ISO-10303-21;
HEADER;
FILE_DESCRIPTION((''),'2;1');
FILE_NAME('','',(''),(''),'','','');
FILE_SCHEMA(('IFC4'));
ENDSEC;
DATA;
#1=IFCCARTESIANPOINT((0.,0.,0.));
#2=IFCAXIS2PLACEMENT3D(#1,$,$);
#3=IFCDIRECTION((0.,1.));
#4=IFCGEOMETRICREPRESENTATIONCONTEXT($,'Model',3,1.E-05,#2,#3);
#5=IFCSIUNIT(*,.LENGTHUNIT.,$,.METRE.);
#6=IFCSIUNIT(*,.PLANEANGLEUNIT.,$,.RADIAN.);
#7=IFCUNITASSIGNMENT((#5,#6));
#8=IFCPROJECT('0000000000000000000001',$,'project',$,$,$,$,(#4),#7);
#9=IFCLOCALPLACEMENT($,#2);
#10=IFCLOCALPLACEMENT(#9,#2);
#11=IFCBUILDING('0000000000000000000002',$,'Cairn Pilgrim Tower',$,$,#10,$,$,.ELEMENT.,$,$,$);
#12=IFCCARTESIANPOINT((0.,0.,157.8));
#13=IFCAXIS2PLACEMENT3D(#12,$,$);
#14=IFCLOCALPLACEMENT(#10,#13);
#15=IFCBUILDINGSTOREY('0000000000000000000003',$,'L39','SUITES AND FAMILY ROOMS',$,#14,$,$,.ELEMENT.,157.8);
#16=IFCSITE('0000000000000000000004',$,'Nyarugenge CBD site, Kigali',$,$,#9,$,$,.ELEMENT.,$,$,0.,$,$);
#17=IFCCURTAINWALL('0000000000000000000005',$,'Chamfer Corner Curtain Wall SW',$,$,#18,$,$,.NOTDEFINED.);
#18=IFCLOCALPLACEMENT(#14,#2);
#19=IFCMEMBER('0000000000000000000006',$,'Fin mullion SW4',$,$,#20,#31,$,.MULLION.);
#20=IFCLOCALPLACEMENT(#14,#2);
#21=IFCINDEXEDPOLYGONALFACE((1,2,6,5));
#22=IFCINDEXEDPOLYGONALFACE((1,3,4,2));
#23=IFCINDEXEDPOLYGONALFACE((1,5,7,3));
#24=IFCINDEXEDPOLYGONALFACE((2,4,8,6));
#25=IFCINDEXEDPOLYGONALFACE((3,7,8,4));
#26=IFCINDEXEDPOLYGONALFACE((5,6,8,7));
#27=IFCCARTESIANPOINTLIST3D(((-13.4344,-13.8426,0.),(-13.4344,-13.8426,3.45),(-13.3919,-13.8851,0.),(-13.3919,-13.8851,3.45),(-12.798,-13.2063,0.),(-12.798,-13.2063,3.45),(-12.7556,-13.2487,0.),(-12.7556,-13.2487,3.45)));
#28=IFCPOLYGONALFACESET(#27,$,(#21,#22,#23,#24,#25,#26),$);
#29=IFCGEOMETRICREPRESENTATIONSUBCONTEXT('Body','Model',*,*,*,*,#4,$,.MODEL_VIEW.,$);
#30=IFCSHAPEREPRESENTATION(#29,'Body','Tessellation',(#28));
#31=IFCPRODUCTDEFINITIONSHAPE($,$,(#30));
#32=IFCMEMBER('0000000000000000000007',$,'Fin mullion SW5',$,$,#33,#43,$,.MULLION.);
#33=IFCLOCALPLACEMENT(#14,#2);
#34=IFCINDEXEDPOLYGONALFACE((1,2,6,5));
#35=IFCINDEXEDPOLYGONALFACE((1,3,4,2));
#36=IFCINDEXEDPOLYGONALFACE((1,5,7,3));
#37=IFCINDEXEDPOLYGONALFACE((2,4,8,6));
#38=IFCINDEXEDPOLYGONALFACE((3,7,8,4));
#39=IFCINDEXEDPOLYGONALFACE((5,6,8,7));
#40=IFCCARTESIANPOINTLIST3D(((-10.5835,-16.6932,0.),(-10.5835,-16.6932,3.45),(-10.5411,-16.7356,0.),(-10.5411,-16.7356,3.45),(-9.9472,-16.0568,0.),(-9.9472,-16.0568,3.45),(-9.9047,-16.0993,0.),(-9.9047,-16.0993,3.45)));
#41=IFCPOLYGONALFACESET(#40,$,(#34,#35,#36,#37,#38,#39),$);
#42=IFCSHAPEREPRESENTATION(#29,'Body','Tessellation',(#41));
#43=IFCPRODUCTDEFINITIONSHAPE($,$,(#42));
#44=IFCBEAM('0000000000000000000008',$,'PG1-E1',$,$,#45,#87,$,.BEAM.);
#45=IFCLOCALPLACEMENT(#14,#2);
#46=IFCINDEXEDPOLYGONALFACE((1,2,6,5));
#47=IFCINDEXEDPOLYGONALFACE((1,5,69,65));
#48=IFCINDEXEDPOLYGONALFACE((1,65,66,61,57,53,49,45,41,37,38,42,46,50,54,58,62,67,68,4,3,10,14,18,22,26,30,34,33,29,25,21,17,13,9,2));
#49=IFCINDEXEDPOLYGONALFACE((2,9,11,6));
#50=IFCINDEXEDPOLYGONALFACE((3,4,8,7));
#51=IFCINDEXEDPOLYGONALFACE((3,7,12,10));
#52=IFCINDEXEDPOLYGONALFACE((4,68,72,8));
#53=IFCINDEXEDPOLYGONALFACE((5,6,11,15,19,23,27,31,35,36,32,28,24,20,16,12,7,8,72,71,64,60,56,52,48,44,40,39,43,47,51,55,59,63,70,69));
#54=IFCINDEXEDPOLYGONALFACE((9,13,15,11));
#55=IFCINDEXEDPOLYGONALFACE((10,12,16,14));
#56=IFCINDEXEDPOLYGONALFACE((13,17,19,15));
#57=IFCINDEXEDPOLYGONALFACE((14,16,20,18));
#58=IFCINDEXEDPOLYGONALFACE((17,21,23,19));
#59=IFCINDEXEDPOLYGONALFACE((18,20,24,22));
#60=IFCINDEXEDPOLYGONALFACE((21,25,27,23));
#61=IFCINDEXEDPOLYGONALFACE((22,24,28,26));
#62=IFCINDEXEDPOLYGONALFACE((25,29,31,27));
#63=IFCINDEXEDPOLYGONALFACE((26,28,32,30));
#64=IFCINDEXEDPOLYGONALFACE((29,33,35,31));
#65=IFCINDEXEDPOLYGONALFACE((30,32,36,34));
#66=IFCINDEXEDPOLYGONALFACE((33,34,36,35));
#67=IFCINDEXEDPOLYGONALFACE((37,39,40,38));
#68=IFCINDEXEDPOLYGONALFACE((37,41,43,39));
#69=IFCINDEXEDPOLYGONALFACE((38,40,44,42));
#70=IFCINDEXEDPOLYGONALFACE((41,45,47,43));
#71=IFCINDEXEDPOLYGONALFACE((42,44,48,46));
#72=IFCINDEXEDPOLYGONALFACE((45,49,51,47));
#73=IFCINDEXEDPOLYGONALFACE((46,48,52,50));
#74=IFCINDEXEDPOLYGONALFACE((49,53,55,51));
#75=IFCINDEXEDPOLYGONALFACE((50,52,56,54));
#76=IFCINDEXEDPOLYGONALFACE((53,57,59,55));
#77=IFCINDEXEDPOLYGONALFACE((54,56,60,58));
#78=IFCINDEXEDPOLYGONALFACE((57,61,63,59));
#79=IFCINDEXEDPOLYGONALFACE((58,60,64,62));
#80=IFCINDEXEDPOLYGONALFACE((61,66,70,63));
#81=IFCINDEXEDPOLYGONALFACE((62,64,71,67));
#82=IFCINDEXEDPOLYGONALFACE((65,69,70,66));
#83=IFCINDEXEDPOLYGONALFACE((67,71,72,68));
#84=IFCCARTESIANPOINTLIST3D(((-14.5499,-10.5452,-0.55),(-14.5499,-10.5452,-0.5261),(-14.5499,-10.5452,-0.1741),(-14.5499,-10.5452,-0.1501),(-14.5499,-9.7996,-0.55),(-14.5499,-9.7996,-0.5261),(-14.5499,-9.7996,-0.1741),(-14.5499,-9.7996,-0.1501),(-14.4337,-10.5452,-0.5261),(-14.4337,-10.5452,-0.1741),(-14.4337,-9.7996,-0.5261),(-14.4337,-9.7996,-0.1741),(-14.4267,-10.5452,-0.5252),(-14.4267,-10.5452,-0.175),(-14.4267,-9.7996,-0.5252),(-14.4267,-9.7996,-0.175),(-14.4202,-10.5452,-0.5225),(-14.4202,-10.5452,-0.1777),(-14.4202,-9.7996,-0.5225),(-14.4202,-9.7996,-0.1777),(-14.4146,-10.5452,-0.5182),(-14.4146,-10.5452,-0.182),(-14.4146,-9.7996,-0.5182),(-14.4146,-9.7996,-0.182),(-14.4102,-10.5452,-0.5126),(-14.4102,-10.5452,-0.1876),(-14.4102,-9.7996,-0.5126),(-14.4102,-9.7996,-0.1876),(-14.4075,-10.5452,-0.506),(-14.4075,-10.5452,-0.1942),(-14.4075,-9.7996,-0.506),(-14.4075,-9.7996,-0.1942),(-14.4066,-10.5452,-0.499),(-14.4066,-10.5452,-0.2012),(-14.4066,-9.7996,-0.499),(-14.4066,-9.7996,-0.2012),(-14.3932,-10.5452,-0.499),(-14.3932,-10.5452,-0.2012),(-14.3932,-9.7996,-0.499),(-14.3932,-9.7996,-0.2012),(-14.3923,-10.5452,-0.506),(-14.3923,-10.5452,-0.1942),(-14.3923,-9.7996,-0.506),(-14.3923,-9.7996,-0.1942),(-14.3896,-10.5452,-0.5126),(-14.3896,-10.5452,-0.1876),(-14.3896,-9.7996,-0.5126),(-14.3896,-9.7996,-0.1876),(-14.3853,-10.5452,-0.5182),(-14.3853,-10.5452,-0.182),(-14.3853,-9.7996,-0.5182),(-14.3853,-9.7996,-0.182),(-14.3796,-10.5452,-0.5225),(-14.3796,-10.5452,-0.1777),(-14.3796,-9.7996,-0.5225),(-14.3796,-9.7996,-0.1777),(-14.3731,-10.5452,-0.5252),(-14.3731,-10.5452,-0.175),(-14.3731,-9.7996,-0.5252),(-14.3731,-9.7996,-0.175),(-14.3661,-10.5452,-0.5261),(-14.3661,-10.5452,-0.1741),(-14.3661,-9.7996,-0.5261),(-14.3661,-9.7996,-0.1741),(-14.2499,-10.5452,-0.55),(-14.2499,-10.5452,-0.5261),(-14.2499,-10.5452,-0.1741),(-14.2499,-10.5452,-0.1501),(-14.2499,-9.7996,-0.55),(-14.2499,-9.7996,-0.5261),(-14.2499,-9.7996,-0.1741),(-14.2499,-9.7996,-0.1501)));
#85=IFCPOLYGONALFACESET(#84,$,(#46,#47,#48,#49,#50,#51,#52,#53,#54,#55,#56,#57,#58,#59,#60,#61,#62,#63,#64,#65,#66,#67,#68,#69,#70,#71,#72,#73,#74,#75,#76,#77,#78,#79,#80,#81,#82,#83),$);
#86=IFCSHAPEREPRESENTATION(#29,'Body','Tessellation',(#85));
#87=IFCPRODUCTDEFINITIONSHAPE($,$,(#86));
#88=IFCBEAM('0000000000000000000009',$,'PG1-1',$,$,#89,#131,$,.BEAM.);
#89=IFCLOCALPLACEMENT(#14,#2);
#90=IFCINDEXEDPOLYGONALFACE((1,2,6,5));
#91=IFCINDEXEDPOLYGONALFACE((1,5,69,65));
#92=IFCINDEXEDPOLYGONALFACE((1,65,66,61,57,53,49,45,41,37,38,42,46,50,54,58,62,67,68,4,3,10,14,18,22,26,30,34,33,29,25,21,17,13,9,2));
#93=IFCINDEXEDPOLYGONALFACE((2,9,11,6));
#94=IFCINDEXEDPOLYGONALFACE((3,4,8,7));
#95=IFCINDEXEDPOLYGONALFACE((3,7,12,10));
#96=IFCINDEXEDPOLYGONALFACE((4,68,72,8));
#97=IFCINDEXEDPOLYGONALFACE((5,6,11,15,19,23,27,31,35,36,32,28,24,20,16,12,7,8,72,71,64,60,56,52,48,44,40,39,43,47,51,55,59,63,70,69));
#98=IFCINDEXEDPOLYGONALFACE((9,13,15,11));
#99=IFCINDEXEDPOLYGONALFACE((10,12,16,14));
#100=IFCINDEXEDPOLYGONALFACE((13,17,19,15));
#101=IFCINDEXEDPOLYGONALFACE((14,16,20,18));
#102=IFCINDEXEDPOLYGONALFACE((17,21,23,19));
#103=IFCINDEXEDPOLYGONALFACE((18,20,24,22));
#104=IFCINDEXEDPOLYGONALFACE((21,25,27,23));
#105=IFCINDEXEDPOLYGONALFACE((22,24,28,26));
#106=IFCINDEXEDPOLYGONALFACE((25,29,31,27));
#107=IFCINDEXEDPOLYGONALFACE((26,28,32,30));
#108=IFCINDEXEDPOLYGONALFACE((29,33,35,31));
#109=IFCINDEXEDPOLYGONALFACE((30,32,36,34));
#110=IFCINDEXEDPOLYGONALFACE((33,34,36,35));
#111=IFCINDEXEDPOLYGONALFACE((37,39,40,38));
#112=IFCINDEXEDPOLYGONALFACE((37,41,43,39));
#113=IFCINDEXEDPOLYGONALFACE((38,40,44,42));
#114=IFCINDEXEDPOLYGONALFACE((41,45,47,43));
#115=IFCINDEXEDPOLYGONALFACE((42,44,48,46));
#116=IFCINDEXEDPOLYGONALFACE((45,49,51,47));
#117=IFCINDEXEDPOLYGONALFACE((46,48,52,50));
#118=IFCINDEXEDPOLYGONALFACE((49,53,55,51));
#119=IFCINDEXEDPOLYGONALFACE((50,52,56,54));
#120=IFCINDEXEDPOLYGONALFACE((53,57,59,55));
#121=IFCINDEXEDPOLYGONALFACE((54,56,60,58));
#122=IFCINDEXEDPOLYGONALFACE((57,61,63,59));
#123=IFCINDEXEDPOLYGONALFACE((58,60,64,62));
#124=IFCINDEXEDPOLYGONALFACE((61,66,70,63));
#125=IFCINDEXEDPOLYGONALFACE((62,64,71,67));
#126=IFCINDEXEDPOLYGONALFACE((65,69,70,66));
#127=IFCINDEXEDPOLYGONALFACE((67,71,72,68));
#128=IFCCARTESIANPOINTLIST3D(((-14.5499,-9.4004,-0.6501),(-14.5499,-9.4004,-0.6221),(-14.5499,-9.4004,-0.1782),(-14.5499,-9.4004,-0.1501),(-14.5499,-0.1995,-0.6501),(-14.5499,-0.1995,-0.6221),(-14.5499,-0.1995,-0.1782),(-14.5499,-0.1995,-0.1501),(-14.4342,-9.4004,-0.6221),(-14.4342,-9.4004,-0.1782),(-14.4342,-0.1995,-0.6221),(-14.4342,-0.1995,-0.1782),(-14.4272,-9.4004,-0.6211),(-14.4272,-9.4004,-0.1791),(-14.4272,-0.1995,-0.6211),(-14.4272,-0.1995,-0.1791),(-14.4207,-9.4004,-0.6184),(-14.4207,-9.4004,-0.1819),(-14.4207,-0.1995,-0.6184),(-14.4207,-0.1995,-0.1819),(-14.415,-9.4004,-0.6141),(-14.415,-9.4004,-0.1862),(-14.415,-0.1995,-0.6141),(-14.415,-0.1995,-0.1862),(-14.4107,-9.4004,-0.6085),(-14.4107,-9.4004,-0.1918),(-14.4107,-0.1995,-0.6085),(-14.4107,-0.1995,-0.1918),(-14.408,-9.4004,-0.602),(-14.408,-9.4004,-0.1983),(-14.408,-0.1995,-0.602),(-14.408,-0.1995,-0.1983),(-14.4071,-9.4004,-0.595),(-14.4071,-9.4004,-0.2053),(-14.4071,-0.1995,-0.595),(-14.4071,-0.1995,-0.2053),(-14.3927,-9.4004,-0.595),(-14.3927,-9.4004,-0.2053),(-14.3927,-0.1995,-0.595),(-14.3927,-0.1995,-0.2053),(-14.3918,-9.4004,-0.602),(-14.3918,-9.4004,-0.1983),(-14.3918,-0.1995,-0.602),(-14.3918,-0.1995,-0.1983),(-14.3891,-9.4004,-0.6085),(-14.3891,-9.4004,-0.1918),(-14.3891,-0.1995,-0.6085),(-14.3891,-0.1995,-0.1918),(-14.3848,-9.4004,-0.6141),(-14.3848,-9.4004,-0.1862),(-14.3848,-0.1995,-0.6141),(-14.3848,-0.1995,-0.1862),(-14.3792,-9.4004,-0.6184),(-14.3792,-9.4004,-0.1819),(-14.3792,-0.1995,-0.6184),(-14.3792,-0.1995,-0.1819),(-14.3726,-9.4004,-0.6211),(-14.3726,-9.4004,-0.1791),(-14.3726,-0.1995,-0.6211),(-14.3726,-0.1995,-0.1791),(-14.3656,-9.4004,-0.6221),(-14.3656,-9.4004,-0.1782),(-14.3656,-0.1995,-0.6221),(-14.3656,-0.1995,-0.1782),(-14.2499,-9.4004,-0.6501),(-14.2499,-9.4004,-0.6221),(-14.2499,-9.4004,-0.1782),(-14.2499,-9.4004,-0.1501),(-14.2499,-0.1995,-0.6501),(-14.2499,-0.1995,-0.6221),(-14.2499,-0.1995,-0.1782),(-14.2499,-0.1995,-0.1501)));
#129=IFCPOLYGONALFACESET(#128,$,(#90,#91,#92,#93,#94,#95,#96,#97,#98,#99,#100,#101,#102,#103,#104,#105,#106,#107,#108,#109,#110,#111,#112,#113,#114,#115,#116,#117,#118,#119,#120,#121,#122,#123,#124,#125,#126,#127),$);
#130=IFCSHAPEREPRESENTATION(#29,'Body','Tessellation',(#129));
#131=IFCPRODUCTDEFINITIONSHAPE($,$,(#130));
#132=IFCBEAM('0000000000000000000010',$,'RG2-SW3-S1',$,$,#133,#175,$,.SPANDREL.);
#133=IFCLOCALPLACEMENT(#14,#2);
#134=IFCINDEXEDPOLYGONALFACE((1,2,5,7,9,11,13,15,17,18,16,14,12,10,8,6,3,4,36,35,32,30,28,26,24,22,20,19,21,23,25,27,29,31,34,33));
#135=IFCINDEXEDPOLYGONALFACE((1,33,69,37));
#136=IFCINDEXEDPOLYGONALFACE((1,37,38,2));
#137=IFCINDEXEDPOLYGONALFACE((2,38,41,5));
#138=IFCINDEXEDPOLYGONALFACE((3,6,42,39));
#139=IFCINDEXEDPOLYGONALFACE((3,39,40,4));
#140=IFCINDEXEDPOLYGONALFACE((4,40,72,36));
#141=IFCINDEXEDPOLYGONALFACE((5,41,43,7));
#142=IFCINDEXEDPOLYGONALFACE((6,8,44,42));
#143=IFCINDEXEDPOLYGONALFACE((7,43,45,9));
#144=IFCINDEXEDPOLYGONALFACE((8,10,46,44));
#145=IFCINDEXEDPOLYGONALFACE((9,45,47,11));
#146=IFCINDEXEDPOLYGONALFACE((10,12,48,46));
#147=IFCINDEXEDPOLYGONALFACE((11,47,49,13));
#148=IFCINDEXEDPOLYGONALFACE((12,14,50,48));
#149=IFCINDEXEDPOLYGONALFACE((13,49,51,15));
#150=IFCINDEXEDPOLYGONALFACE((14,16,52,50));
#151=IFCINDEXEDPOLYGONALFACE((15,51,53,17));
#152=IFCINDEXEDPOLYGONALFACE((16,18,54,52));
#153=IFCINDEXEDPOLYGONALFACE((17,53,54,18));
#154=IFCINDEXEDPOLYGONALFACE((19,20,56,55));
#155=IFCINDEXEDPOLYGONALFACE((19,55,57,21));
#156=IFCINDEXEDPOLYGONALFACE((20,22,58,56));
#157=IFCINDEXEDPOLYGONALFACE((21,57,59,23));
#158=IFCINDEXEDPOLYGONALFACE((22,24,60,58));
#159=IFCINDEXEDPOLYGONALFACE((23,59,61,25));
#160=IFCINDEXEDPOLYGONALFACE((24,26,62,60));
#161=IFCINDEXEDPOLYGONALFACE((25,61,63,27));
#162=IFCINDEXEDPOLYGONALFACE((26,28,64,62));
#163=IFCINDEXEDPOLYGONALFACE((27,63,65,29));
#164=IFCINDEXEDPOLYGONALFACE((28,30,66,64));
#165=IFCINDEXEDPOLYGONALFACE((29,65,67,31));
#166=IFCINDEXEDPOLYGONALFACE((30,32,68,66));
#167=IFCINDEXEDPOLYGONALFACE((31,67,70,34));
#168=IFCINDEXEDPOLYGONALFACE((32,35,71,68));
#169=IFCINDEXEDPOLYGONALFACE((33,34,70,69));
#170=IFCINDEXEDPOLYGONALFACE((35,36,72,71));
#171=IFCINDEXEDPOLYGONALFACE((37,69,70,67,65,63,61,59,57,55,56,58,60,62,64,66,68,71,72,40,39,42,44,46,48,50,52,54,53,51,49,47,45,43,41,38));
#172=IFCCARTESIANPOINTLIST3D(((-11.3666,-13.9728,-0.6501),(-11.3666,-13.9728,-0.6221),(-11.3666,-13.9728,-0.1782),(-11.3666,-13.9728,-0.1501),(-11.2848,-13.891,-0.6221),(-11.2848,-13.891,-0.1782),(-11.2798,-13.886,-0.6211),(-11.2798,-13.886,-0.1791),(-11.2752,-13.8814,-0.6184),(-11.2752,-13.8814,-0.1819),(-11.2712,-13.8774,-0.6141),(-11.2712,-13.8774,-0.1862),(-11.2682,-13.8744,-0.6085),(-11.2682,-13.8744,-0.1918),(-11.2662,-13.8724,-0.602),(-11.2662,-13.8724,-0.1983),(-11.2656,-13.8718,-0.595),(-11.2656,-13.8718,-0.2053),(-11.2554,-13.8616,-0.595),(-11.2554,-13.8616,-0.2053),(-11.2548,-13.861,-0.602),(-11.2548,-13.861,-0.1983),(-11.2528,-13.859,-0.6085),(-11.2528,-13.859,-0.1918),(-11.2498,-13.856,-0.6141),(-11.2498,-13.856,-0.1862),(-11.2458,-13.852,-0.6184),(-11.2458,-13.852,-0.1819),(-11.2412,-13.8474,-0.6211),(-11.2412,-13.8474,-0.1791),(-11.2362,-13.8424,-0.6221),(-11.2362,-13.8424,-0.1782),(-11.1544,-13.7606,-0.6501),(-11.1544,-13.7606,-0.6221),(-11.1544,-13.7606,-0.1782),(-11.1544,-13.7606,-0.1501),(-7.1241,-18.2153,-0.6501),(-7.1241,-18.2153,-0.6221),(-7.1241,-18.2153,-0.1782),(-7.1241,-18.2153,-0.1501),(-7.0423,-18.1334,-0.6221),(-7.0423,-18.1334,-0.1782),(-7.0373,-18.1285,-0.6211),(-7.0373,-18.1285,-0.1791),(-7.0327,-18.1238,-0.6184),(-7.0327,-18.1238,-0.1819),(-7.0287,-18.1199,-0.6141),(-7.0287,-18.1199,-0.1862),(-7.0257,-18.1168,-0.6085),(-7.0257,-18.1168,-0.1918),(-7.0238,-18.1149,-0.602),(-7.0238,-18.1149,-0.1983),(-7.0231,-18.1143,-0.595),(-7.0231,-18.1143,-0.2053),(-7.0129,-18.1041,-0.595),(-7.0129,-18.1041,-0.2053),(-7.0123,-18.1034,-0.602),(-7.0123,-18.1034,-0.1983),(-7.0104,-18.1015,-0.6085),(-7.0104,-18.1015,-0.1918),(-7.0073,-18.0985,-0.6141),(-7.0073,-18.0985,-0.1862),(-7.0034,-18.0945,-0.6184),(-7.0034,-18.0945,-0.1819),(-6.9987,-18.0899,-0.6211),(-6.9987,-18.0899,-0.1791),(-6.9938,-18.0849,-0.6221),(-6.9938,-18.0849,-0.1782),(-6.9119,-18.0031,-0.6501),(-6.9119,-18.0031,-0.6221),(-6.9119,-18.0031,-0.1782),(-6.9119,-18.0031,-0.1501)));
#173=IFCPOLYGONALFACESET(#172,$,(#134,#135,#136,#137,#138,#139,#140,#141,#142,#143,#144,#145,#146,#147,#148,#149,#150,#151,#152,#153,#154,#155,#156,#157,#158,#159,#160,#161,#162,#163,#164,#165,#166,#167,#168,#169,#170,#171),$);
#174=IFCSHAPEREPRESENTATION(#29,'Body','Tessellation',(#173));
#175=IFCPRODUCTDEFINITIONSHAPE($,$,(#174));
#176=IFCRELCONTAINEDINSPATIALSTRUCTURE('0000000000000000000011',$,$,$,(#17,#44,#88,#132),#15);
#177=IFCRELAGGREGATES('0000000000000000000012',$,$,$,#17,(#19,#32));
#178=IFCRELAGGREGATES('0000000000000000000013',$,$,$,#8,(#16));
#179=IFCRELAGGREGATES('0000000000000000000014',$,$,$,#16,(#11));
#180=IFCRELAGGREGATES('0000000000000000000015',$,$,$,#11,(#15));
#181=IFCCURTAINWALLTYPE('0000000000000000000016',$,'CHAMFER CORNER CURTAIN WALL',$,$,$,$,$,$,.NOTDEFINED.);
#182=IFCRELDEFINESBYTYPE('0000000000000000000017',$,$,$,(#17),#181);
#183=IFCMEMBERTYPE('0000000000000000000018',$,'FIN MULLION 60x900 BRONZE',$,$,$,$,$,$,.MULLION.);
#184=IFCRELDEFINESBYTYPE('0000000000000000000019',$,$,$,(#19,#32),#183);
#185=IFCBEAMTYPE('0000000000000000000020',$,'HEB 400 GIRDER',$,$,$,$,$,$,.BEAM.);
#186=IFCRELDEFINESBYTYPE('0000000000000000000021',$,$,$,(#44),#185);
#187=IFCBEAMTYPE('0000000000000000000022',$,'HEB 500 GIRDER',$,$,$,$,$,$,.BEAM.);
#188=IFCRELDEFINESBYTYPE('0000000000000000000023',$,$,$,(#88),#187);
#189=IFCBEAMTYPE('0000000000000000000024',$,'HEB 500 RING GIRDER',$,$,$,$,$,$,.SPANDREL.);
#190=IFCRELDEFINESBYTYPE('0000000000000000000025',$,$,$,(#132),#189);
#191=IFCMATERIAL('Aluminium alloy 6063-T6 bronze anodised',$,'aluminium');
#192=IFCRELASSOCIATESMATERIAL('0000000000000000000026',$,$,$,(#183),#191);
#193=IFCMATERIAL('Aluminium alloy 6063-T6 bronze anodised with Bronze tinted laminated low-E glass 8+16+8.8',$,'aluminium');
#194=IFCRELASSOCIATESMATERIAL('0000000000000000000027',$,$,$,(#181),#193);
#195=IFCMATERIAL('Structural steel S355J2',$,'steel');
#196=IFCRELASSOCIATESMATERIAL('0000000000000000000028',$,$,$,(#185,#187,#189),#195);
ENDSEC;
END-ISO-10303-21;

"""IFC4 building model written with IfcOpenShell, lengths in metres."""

from ifc_helpers import new_model, si_unit, direction, frame, origin, origin_2d, place, context, subcontext, project, spatial, rectangle, i_section, extrude, material, material_profile, profile_set, type_object, element, aggregate, save


model = new_model("IFC4")

# Units and contexts
model_context = context("Model", 3, precision=1e-05, world=origin(), true_north=direction((0.0, 1.0)))
body_context = subcontext(model_context, "Body", "Model", "MODEL_VIEW")
ifc_project = project(units=[si_unit("LENGTHUNIT", "METRE"), si_unit("PLANEANGLEUNIT", "RADIAN")], contexts=[model_context])

# Site, building, storey
site_placement = place(None, origin())
site = spatial("IfcSite", under=ifc_project, at=site_placement, Name="Nyarugenge CBD site, Kigali", CompositionType="ELEMENT", RefElevation=0.0)
building_placement = place(site_placement, origin())
building = spatial("IfcBuilding", under=site, at=building_placement, Name="Cairn Pilgrim Tower", CompositionType="ELEMENT")
storey_placement = place(building_placement, frame((0.0, 0.0, 157.8)))
storey = spatial("IfcBuildingStorey", under=building, at=storey_placement, Name="L39", Description="SUITES AND FAMILY ROOMS", CompositionType="ELEMENT", Elevation=157.8)

# Shared definitions
ifc_material_1 = material(Name="Structural steel S355J2", Category="steel")

# Shared definitions
ifc_material_2 = material(Name="Aluminium alloy 6063-T6 bronze anodised with Bronze tinted laminated low-E glass 8+16+8.8", Category="aluminium")
ifc_material_3 = material(Name="Aluminium alloy 6063-T6 bronze anodised", Category="aluminium")
ifc_material_profile_1 = material_profile(ifc_material_3, rectangle(XDim=0.8999, YDim=0.0601, at=origin_2d()), Name="FIN MULLION 60x900 BRONZE")
ifc_profile_set_1 = profile_set([ifc_material_profile_1], Name="Aluminium alloy 6063-T6 bronze anodised")
member_type_1 = type_object("IfcMemberType", Name="FIN MULLION 60x900 BRONZE", PredefinedType="MULLION", material=ifc_profile_set_1)

# Curtain wall, members
curtain_wall_type_1 = type_object("IfcCurtainWallType", Name="CHAMFER CORNER CURTAIN WALL", PredefinedType="NOTDEFINED", material=ifc_material_2)
curtain_wall_1_placement = place(storey_placement, origin())
curtain_wall_1 = element("IfcCurtainWall", 1, at=curtain_wall_1_placement, inside=storey, type_object=curtain_wall_type_1, Name="Chamfer Corner Curtain Wall SW", PredefinedType="NOTDEFINED")
member_1_placement = place(storey_placement, frame((-13.095, -13.5457, 0.0), z_axis=(0.0, 0.0, 1.0), x_axis=(-0.707107, -0.707107, 0.0)))
member_1 = element("IfcMember", 2, at=member_1_placement, type_object=member_type_1, Name="Fin mullion SW4", PredefinedType="MULLION", context=body_context, shape_type="SweptSolid", body=[
    extrude(rectangle(XDim=0.8999, YDim=0.0601, at=origin_2d()), origin(), (0.0, 0.0, 1.0), 3.45),
])
member_2_placement = place(storey_placement, frame((-10.2441, -16.3962, 0.0), z_axis=(0.0, 0.0, 1.0), x_axis=(-0.707107, -0.707107, 0.0)))
member_2 = element("IfcMember", 3, at=member_2_placement, type_object=member_type_1, Name="Fin mullion SW5", PredefinedType="MULLION", context=body_context, shape_type="SweptSolid", body=[
    extrude(rectangle(XDim=0.8999, YDim=0.0601, at=origin_2d()), origin(), (0.0, 0.0, 1.0), 3.45),
])

# Beams
ifc_material_profile_2 = material_profile(ifc_material_1, i_section(OverallWidth=0.3, OverallDepth=0.3999, WebThickness=0.0134, FlangeThickness=0.0239, FilletRadius=0.0271, at=origin_2d()), Name="HEB 400")
ifc_profile_set_2 = profile_set([ifc_material_profile_2], Name="Structural steel S355J2")
beam_type_1 = type_object("IfcBeamType", Name="HEB 400 GIRDER", PredefinedType="BEAM", material=ifc_profile_set_2)
beam_1_placement = place(storey_placement, frame((-14.3999, -10.5452, -0.3501), z_axis=(0.0, 1.0, 0.0), x_axis=(-1.0, 0.0, 0.0)))
element("IfcBeam", 4, at=beam_1_placement, inside=storey, type_object=beam_type_1, Name="PG1-E1", PredefinedType="BEAM", context=body_context, shape_type="SweptSolid", body=[
    extrude(i_section(OverallWidth=0.3, OverallDepth=0.3999, WebThickness=0.0134, FlangeThickness=0.0239, FilletRadius=0.0271, at=origin_2d()), origin(), (0.0, 0.0, 1.0), 0.7456),
])
ifc_material_profile_3 = material_profile(ifc_material_1, i_section(OverallWidth=0.3, OverallDepth=0.5, WebThickness=0.0144, FlangeThickness=0.0281, FilletRadius=0.0271, at=origin_2d()), Name="HEB 500")
ifc_profile_set_3 = profile_set([ifc_material_profile_3], Name="Structural steel S355J2")
beam_type_2 = type_object("IfcBeamType", Name="HEB 500 GIRDER", PredefinedType="BEAM", material=ifc_profile_set_3)
beam_2_placement = place(storey_placement, frame((-14.3999, -9.4004, -0.4001), z_axis=(0.0, 1.0, 0.0), x_axis=(-1.0, 0.0, 0.0)))
element("IfcBeam", 5, at=beam_2_placement, inside=storey, type_object=beam_type_2, Name="PG1-1", PredefinedType="BEAM", context=body_context, shape_type="SweptSolid", body=[
    extrude(i_section(OverallWidth=0.3, OverallDepth=0.5, WebThickness=0.0144, FlangeThickness=0.0281, FilletRadius=0.0271, at=origin_2d()), origin(), (0.0, 0.0, 1.0), 9.2009),
])
ifc_material_profile_4 = material_profile(ifc_material_1, i_section(OverallWidth=0.3, OverallDepth=0.5, WebThickness=0.0144, FlangeThickness=0.0281, FilletRadius=0.0271, at=origin_2d()), Name="HEB 500")
ifc_profile_set_4 = profile_set([ifc_material_profile_4], Name="Structural steel S355J2")
beam_type_3 = type_object("IfcBeamType", Name="HEB 500 RING GIRDER", PredefinedType="SPANDREL", material=ifc_profile_set_4)
beam_3_placement = place(storey_placement, frame((-11.2605, -13.8667, -0.4001), z_axis=(0.707107, -0.707107, 0.0), x_axis=(0.707107, 0.707107, 0.0)))
element("IfcBeam", 6, at=beam_3_placement, inside=storey, type_object=beam_type_3, Name="RG2-SW3-S1", PredefinedType="SPANDREL", context=body_context, shape_type="SweptSolid", body=[
    extrude(i_section(OverallWidth=0.3, OverallDepth=0.5, WebThickness=0.0144, FlangeThickness=0.0281, FilletRadius=0.0271, at=origin_2d()), origin(), (0.0, 0.0, 1.0), 5.9998),
])

aggregate(curtain_wall_1, [member_1, member_2])

save(model, "model.ifc")
